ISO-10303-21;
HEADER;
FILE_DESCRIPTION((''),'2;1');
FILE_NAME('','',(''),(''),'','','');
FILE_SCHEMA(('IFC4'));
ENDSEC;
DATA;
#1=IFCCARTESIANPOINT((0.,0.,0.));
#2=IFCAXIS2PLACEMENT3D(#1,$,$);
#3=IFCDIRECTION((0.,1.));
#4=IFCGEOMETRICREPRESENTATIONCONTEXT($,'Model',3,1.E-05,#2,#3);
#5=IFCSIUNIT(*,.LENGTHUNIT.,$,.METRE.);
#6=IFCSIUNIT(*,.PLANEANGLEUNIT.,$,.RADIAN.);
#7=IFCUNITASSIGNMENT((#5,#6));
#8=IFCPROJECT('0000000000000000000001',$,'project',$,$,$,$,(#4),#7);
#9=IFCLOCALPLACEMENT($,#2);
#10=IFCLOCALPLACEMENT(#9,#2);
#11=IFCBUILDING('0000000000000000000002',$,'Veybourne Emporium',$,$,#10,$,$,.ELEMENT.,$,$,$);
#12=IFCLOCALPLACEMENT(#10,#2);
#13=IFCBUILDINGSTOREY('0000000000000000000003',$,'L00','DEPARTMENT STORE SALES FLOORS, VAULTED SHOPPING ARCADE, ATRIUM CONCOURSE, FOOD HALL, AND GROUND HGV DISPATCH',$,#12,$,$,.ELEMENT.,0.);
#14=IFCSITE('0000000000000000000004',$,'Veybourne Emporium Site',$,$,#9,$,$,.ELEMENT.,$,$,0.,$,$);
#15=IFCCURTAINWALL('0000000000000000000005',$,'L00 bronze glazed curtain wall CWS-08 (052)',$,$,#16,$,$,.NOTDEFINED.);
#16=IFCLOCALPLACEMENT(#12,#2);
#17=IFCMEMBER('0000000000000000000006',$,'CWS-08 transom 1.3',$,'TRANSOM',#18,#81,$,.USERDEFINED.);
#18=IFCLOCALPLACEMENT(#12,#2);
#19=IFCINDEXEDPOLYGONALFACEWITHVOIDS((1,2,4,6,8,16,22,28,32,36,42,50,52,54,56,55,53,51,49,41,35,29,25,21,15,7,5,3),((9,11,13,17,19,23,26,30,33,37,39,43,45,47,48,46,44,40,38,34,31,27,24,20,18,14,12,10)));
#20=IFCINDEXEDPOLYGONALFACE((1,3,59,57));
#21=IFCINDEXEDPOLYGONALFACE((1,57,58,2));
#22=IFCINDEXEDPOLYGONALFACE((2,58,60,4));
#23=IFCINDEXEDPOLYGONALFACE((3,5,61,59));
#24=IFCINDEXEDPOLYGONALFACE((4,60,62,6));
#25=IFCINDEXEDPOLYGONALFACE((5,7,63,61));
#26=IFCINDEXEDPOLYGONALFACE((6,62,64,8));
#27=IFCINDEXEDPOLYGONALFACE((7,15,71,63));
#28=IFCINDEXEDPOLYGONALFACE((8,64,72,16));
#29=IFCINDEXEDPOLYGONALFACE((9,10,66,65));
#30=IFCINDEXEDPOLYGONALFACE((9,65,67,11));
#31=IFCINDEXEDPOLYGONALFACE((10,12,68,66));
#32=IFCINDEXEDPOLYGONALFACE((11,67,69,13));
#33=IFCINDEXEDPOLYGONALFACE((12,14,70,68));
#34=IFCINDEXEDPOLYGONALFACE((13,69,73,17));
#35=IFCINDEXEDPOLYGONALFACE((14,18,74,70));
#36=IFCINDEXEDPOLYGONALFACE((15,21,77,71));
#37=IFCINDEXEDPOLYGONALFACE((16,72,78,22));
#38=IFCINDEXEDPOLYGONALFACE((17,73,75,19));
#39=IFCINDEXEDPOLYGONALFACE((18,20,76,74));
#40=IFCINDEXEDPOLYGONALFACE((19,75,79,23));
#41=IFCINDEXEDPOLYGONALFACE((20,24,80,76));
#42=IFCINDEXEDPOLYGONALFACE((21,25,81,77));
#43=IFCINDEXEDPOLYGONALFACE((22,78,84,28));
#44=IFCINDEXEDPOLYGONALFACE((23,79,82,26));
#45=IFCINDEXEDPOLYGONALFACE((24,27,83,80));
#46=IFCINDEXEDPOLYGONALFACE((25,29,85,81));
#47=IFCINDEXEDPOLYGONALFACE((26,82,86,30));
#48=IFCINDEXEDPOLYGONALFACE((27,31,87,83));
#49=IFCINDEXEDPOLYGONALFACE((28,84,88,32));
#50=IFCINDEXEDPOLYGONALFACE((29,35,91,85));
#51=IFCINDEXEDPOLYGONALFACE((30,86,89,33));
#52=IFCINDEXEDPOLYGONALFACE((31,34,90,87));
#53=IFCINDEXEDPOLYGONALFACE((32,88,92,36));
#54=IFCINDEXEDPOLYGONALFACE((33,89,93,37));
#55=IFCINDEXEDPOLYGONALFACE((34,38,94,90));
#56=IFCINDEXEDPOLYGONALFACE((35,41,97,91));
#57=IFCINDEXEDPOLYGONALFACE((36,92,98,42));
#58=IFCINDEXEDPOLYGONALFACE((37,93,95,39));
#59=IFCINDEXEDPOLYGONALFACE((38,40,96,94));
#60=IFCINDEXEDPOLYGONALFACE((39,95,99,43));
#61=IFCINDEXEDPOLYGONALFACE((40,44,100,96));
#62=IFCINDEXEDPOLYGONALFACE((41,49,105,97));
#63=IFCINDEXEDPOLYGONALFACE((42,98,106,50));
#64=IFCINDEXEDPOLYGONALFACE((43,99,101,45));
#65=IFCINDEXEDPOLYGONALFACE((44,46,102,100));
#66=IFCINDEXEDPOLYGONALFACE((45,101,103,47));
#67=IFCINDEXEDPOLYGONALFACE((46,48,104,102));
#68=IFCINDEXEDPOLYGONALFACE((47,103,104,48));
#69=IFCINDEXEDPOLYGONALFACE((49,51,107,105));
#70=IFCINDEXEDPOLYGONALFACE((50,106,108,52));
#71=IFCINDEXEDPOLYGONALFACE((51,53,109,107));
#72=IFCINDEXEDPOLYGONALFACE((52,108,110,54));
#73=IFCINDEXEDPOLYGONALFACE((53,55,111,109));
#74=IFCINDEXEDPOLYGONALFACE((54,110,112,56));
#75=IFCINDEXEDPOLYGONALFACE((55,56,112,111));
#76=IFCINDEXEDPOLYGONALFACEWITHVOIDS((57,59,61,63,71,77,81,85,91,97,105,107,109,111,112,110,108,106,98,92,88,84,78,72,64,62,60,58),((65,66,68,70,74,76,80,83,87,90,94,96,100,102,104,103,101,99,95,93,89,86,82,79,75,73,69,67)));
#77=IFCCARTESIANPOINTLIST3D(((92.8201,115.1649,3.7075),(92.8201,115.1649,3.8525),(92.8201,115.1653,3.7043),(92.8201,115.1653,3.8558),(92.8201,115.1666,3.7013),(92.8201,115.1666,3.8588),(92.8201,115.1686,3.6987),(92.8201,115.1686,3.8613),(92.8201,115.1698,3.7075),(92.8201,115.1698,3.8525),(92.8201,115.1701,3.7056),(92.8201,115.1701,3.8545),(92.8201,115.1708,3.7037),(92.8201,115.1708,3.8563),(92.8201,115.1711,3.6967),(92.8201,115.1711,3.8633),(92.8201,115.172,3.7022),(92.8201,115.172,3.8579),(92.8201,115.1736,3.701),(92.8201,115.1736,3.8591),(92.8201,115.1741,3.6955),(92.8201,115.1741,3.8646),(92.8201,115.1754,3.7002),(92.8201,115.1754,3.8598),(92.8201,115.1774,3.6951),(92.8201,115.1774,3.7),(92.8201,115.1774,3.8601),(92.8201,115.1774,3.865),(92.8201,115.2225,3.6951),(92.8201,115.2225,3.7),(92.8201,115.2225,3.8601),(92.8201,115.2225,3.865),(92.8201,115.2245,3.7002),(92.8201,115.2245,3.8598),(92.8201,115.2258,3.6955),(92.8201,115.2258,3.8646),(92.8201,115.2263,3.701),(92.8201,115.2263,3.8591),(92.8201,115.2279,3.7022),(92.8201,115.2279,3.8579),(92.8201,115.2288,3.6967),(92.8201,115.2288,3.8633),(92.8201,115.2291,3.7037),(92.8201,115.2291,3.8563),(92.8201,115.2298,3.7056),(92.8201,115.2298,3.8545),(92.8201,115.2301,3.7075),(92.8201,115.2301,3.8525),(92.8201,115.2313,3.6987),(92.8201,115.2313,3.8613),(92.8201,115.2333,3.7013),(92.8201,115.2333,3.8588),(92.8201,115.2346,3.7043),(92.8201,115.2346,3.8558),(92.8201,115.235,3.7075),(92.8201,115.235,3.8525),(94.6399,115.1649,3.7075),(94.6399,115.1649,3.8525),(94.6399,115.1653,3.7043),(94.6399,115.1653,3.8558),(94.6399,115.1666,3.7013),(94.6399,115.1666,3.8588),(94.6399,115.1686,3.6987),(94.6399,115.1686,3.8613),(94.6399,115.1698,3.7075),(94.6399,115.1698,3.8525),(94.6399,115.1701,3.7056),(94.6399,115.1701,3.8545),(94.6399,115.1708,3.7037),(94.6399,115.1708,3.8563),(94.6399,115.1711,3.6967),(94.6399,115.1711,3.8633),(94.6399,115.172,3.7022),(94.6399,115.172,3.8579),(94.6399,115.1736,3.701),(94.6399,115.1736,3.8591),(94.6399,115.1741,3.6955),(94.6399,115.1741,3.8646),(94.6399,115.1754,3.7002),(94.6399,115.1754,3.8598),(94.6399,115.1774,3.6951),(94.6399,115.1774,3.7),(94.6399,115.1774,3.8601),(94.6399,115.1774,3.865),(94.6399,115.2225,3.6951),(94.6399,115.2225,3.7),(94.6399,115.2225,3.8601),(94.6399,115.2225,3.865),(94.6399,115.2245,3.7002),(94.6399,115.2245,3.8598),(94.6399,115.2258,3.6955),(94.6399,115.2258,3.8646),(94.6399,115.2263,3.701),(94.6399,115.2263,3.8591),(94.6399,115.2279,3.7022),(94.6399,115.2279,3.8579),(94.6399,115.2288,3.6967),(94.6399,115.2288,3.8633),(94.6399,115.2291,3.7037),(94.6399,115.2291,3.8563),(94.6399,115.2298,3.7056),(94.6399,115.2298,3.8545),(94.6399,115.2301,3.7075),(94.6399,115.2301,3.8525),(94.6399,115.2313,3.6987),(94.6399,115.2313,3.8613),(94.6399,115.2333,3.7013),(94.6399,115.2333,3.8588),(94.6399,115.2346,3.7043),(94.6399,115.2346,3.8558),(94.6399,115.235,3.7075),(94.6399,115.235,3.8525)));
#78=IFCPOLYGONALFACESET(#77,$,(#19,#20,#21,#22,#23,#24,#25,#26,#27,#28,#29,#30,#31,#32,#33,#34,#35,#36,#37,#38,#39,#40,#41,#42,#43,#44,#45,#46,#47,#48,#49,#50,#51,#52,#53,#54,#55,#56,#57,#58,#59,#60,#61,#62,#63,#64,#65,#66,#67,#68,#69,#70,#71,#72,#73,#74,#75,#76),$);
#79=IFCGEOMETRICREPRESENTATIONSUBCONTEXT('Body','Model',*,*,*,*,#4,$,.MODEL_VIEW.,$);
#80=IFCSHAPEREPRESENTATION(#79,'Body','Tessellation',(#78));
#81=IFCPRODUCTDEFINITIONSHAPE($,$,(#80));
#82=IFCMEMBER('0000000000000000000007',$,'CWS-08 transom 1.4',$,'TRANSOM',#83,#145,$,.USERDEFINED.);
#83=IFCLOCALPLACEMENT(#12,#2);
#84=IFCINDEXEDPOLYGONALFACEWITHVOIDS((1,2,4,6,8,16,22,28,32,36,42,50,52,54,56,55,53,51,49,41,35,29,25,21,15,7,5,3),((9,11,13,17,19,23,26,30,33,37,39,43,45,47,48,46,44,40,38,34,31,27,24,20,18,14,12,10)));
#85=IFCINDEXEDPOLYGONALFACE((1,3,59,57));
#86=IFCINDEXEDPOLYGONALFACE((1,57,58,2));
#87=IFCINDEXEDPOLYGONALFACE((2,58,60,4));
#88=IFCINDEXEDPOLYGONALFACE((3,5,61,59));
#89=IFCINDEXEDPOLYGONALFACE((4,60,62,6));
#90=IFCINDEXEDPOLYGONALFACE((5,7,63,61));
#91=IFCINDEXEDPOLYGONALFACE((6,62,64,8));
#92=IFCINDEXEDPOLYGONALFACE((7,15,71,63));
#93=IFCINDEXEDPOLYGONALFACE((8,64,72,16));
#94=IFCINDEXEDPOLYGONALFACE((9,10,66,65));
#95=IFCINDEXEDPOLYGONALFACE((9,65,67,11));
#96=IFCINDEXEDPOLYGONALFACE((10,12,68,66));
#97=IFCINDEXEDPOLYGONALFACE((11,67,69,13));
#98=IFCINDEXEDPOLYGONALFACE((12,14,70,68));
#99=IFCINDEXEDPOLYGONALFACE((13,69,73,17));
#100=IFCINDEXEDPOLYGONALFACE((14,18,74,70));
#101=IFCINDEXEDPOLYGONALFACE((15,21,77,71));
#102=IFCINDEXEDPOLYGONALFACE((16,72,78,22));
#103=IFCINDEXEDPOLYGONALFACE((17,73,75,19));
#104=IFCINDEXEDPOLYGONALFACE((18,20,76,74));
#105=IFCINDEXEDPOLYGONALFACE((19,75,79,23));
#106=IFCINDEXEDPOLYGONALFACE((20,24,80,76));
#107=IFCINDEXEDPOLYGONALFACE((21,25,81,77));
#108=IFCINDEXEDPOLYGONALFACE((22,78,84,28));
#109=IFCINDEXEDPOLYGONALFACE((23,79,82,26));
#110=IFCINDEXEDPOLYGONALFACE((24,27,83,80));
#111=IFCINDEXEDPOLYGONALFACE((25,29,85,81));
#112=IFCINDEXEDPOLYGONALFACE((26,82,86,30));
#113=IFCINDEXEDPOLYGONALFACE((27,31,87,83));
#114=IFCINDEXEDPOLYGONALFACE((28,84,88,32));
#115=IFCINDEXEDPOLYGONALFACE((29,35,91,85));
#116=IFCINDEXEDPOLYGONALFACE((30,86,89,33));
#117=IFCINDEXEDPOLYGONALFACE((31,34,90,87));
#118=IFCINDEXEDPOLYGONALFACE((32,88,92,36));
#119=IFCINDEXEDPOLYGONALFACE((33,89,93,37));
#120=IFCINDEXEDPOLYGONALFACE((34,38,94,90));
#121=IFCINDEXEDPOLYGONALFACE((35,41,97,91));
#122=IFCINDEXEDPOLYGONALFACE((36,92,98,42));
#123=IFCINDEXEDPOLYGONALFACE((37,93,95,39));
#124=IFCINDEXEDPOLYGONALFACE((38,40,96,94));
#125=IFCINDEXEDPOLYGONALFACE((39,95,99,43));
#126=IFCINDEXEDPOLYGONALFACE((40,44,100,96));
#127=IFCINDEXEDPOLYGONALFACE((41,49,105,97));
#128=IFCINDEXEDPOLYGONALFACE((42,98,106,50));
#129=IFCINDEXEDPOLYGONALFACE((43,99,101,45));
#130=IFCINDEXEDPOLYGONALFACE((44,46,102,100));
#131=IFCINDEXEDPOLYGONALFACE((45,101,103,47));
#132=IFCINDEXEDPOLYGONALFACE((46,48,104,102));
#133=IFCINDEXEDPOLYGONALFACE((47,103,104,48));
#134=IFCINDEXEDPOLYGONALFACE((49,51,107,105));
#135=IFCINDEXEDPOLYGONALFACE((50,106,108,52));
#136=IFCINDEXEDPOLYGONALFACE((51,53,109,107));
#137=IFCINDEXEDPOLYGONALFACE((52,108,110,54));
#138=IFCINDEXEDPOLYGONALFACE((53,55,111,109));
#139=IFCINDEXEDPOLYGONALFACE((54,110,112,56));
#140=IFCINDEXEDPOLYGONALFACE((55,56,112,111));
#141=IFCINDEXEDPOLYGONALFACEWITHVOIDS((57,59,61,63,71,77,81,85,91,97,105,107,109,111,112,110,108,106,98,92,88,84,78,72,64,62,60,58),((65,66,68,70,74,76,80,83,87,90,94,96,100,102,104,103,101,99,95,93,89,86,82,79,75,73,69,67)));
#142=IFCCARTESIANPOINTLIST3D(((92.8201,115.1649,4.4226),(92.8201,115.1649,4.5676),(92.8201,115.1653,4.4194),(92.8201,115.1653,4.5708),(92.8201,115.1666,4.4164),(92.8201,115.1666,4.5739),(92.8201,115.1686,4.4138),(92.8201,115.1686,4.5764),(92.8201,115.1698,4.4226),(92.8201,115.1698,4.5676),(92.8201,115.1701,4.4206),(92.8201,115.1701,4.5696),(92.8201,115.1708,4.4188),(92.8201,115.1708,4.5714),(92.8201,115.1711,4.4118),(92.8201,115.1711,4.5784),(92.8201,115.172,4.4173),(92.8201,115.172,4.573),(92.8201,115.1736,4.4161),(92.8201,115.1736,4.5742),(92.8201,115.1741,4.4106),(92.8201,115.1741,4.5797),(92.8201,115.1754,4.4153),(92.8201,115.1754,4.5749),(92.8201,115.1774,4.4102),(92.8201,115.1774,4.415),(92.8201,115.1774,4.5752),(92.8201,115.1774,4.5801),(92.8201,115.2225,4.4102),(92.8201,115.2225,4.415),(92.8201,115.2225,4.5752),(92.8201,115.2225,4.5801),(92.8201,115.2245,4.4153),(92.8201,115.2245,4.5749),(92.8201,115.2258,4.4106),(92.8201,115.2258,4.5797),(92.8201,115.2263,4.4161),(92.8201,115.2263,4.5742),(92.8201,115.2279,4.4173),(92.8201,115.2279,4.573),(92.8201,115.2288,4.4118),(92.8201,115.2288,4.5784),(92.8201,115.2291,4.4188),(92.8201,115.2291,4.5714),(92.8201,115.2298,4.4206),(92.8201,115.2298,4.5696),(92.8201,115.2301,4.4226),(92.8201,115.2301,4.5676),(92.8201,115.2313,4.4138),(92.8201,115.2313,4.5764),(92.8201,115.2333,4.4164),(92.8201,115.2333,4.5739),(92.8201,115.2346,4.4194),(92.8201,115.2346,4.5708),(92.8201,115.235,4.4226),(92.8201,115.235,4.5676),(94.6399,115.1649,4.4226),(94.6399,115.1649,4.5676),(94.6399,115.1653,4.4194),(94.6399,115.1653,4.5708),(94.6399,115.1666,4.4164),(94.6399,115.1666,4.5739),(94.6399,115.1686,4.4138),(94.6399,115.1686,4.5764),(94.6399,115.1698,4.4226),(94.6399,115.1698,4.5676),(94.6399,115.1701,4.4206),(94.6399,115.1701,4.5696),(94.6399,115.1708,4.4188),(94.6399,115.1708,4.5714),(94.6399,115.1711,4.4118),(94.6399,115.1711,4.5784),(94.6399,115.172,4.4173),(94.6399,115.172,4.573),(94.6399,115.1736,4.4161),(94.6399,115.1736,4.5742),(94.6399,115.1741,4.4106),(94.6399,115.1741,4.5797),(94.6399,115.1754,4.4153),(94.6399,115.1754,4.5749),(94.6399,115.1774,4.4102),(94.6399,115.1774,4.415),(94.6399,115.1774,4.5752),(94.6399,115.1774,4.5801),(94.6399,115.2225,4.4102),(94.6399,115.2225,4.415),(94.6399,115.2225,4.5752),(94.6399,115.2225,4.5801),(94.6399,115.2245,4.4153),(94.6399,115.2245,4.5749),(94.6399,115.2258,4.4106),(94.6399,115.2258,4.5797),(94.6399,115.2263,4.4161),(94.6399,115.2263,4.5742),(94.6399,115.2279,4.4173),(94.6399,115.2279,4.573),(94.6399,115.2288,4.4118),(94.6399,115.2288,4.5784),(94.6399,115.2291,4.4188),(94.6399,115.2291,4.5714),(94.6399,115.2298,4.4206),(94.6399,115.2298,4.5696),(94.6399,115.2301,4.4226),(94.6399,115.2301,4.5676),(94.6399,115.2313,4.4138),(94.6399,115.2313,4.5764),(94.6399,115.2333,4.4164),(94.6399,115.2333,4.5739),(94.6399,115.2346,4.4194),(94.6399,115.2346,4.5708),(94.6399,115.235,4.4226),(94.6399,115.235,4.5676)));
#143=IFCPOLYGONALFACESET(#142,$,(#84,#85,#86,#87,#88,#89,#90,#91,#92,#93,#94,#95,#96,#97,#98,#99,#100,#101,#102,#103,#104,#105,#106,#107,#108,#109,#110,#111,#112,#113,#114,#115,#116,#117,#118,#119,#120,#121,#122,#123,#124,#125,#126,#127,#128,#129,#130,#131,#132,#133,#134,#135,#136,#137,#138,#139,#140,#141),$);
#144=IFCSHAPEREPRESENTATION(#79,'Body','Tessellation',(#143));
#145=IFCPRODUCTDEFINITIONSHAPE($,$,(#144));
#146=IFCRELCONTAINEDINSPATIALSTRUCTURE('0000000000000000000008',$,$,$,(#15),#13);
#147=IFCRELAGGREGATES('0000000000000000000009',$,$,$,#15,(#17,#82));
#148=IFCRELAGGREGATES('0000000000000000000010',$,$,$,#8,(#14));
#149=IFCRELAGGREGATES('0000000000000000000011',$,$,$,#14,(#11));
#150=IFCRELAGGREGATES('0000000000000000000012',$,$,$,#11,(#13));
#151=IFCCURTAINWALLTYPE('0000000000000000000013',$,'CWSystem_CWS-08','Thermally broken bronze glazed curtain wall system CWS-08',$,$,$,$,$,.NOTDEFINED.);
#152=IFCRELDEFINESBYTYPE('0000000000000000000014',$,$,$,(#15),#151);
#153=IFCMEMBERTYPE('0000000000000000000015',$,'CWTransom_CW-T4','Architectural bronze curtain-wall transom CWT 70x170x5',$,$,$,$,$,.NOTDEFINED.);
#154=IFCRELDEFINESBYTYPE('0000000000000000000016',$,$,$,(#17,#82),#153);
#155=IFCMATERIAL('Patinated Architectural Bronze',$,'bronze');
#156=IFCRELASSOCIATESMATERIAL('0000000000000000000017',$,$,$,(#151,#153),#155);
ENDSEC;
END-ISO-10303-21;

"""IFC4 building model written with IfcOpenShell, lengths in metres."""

from ifc_helpers import new_model, si_unit, direction, frame, origin, origin_2d, place, context, subcontext, project, spatial, hollow_rectangle, extrude, material, material_profile, profile_set, type_object, element, aggregate, save


model = new_model("IFC4")

# Units and contexts
model_context = context("Model", 3, precision=1e-05, world=origin(), true_north=direction((0.0, 1.0)))
body_context = subcontext(model_context, "Body", "Model", "MODEL_VIEW")
ifc_project = project(units=[si_unit("LENGTHUNIT", "METRE"), si_unit("PLANEANGLEUNIT", "RADIAN")], contexts=[model_context])

# Site, building, storey
site_placement = place(None, origin())
site = spatial("IfcSite", under=ifc_project, at=site_placement, Name="Veybourne Emporium Site", CompositionType="ELEMENT", RefElevation=0.0)
building_placement = place(site_placement, origin())
building = spatial("IfcBuilding", under=site, at=building_placement, Name="Veybourne Emporium", CompositionType="ELEMENT")
storey_placement = place(building_placement, origin())
storey = spatial("IfcBuildingStorey", under=building, at=storey_placement, Name="L00", Description="DEPARTMENT STORE SALES FLOORS, VAULTED SHOPPING ARCADE, ATRIUM CONCOURSE, FOOD HALL, AND GROUND HGV DISPATCH", CompositionType="ELEMENT", Elevation=0.0)

# Curtain wall, members
ifc_material_1 = material(Name="Patinated Architectural Bronze", Category="bronze")
curtain_wall_type = type_object("IfcCurtainWallType", Name="CWSystem_CWS-08", Description="Thermally broken bronze glazed curtain wall system CWS-08", PredefinedType="NOTDEFINED", material=ifc_material_1)
curtain_wall_placement = place(storey_placement, origin())
curtain_wall = element("IfcCurtainWall", 1, at=curtain_wall_placement, inside=storey, type_object=curtain_wall_type, Name="L00 bronze glazed curtain wall CWS-08 (052)", PredefinedType="NOTDEFINED")
ifc_material_profile_1 = material_profile(ifc_material_1, hollow_rectangle(XDim=0.0701, YDim=0.1699, WallThickness=0.0049, InnerFilletRadius=0.0076, OuterFilletRadius=0.0125, at=origin_2d()), Name="CWT 70x170x5")
ifc_profile_set_1 = profile_set([ifc_material_profile_1], Name="Patinated Architectural Bronze")
member_type_1 = type_object("IfcMemberType", Name="CWTransom_CW-T4", Description="Architectural bronze curtain-wall transom CWT 70x170x5", PredefinedType="NOTDEFINED", material=ifc_profile_set_1)
member_1_placement = place(storey_placement, frame((92.8201, 115.2, 3.78), z_axis=(1.0, 0.0, 0.0), x_axis=(0.0, 1.0, 0.0)))
member_1 = element("IfcMember", 2, at=member_1_placement, type_object=member_type_1, Name="CWS-08 transom 1.3", ObjectType="TRANSOM", PredefinedType="USERDEFINED", context=body_context, shape_type="SweptSolid", body=[
    extrude(hollow_rectangle(XDim=0.0701, YDim=0.1699, WallThickness=0.0049, InnerFilletRadius=0.0076, OuterFilletRadius=0.0125, at=origin_2d()), origin(), (0.0, 0.0, 1.0), 1.8198),
])
member_2_placement = place(storey_placement, frame((92.8201, 115.2, 4.4951), z_axis=(1.0, 0.0, 0.0), x_axis=(0.0, 1.0, 0.0)))
member_2 = element("IfcMember", 3, at=member_2_placement, type_object=member_type_1, Name="CWS-08 transom 1.4", ObjectType="TRANSOM", PredefinedType="USERDEFINED", context=body_context, shape_type="SweptSolid", body=[
    extrude(hollow_rectangle(XDim=0.0701, YDim=0.1699, WallThickness=0.0049, InnerFilletRadius=0.0076, OuterFilletRadius=0.0125, at=origin_2d()), origin(), (0.0, 0.0, 1.0), 1.8198),
])

aggregate(curtain_wall, [member_1, member_2])

save(model, "model.ifc")
